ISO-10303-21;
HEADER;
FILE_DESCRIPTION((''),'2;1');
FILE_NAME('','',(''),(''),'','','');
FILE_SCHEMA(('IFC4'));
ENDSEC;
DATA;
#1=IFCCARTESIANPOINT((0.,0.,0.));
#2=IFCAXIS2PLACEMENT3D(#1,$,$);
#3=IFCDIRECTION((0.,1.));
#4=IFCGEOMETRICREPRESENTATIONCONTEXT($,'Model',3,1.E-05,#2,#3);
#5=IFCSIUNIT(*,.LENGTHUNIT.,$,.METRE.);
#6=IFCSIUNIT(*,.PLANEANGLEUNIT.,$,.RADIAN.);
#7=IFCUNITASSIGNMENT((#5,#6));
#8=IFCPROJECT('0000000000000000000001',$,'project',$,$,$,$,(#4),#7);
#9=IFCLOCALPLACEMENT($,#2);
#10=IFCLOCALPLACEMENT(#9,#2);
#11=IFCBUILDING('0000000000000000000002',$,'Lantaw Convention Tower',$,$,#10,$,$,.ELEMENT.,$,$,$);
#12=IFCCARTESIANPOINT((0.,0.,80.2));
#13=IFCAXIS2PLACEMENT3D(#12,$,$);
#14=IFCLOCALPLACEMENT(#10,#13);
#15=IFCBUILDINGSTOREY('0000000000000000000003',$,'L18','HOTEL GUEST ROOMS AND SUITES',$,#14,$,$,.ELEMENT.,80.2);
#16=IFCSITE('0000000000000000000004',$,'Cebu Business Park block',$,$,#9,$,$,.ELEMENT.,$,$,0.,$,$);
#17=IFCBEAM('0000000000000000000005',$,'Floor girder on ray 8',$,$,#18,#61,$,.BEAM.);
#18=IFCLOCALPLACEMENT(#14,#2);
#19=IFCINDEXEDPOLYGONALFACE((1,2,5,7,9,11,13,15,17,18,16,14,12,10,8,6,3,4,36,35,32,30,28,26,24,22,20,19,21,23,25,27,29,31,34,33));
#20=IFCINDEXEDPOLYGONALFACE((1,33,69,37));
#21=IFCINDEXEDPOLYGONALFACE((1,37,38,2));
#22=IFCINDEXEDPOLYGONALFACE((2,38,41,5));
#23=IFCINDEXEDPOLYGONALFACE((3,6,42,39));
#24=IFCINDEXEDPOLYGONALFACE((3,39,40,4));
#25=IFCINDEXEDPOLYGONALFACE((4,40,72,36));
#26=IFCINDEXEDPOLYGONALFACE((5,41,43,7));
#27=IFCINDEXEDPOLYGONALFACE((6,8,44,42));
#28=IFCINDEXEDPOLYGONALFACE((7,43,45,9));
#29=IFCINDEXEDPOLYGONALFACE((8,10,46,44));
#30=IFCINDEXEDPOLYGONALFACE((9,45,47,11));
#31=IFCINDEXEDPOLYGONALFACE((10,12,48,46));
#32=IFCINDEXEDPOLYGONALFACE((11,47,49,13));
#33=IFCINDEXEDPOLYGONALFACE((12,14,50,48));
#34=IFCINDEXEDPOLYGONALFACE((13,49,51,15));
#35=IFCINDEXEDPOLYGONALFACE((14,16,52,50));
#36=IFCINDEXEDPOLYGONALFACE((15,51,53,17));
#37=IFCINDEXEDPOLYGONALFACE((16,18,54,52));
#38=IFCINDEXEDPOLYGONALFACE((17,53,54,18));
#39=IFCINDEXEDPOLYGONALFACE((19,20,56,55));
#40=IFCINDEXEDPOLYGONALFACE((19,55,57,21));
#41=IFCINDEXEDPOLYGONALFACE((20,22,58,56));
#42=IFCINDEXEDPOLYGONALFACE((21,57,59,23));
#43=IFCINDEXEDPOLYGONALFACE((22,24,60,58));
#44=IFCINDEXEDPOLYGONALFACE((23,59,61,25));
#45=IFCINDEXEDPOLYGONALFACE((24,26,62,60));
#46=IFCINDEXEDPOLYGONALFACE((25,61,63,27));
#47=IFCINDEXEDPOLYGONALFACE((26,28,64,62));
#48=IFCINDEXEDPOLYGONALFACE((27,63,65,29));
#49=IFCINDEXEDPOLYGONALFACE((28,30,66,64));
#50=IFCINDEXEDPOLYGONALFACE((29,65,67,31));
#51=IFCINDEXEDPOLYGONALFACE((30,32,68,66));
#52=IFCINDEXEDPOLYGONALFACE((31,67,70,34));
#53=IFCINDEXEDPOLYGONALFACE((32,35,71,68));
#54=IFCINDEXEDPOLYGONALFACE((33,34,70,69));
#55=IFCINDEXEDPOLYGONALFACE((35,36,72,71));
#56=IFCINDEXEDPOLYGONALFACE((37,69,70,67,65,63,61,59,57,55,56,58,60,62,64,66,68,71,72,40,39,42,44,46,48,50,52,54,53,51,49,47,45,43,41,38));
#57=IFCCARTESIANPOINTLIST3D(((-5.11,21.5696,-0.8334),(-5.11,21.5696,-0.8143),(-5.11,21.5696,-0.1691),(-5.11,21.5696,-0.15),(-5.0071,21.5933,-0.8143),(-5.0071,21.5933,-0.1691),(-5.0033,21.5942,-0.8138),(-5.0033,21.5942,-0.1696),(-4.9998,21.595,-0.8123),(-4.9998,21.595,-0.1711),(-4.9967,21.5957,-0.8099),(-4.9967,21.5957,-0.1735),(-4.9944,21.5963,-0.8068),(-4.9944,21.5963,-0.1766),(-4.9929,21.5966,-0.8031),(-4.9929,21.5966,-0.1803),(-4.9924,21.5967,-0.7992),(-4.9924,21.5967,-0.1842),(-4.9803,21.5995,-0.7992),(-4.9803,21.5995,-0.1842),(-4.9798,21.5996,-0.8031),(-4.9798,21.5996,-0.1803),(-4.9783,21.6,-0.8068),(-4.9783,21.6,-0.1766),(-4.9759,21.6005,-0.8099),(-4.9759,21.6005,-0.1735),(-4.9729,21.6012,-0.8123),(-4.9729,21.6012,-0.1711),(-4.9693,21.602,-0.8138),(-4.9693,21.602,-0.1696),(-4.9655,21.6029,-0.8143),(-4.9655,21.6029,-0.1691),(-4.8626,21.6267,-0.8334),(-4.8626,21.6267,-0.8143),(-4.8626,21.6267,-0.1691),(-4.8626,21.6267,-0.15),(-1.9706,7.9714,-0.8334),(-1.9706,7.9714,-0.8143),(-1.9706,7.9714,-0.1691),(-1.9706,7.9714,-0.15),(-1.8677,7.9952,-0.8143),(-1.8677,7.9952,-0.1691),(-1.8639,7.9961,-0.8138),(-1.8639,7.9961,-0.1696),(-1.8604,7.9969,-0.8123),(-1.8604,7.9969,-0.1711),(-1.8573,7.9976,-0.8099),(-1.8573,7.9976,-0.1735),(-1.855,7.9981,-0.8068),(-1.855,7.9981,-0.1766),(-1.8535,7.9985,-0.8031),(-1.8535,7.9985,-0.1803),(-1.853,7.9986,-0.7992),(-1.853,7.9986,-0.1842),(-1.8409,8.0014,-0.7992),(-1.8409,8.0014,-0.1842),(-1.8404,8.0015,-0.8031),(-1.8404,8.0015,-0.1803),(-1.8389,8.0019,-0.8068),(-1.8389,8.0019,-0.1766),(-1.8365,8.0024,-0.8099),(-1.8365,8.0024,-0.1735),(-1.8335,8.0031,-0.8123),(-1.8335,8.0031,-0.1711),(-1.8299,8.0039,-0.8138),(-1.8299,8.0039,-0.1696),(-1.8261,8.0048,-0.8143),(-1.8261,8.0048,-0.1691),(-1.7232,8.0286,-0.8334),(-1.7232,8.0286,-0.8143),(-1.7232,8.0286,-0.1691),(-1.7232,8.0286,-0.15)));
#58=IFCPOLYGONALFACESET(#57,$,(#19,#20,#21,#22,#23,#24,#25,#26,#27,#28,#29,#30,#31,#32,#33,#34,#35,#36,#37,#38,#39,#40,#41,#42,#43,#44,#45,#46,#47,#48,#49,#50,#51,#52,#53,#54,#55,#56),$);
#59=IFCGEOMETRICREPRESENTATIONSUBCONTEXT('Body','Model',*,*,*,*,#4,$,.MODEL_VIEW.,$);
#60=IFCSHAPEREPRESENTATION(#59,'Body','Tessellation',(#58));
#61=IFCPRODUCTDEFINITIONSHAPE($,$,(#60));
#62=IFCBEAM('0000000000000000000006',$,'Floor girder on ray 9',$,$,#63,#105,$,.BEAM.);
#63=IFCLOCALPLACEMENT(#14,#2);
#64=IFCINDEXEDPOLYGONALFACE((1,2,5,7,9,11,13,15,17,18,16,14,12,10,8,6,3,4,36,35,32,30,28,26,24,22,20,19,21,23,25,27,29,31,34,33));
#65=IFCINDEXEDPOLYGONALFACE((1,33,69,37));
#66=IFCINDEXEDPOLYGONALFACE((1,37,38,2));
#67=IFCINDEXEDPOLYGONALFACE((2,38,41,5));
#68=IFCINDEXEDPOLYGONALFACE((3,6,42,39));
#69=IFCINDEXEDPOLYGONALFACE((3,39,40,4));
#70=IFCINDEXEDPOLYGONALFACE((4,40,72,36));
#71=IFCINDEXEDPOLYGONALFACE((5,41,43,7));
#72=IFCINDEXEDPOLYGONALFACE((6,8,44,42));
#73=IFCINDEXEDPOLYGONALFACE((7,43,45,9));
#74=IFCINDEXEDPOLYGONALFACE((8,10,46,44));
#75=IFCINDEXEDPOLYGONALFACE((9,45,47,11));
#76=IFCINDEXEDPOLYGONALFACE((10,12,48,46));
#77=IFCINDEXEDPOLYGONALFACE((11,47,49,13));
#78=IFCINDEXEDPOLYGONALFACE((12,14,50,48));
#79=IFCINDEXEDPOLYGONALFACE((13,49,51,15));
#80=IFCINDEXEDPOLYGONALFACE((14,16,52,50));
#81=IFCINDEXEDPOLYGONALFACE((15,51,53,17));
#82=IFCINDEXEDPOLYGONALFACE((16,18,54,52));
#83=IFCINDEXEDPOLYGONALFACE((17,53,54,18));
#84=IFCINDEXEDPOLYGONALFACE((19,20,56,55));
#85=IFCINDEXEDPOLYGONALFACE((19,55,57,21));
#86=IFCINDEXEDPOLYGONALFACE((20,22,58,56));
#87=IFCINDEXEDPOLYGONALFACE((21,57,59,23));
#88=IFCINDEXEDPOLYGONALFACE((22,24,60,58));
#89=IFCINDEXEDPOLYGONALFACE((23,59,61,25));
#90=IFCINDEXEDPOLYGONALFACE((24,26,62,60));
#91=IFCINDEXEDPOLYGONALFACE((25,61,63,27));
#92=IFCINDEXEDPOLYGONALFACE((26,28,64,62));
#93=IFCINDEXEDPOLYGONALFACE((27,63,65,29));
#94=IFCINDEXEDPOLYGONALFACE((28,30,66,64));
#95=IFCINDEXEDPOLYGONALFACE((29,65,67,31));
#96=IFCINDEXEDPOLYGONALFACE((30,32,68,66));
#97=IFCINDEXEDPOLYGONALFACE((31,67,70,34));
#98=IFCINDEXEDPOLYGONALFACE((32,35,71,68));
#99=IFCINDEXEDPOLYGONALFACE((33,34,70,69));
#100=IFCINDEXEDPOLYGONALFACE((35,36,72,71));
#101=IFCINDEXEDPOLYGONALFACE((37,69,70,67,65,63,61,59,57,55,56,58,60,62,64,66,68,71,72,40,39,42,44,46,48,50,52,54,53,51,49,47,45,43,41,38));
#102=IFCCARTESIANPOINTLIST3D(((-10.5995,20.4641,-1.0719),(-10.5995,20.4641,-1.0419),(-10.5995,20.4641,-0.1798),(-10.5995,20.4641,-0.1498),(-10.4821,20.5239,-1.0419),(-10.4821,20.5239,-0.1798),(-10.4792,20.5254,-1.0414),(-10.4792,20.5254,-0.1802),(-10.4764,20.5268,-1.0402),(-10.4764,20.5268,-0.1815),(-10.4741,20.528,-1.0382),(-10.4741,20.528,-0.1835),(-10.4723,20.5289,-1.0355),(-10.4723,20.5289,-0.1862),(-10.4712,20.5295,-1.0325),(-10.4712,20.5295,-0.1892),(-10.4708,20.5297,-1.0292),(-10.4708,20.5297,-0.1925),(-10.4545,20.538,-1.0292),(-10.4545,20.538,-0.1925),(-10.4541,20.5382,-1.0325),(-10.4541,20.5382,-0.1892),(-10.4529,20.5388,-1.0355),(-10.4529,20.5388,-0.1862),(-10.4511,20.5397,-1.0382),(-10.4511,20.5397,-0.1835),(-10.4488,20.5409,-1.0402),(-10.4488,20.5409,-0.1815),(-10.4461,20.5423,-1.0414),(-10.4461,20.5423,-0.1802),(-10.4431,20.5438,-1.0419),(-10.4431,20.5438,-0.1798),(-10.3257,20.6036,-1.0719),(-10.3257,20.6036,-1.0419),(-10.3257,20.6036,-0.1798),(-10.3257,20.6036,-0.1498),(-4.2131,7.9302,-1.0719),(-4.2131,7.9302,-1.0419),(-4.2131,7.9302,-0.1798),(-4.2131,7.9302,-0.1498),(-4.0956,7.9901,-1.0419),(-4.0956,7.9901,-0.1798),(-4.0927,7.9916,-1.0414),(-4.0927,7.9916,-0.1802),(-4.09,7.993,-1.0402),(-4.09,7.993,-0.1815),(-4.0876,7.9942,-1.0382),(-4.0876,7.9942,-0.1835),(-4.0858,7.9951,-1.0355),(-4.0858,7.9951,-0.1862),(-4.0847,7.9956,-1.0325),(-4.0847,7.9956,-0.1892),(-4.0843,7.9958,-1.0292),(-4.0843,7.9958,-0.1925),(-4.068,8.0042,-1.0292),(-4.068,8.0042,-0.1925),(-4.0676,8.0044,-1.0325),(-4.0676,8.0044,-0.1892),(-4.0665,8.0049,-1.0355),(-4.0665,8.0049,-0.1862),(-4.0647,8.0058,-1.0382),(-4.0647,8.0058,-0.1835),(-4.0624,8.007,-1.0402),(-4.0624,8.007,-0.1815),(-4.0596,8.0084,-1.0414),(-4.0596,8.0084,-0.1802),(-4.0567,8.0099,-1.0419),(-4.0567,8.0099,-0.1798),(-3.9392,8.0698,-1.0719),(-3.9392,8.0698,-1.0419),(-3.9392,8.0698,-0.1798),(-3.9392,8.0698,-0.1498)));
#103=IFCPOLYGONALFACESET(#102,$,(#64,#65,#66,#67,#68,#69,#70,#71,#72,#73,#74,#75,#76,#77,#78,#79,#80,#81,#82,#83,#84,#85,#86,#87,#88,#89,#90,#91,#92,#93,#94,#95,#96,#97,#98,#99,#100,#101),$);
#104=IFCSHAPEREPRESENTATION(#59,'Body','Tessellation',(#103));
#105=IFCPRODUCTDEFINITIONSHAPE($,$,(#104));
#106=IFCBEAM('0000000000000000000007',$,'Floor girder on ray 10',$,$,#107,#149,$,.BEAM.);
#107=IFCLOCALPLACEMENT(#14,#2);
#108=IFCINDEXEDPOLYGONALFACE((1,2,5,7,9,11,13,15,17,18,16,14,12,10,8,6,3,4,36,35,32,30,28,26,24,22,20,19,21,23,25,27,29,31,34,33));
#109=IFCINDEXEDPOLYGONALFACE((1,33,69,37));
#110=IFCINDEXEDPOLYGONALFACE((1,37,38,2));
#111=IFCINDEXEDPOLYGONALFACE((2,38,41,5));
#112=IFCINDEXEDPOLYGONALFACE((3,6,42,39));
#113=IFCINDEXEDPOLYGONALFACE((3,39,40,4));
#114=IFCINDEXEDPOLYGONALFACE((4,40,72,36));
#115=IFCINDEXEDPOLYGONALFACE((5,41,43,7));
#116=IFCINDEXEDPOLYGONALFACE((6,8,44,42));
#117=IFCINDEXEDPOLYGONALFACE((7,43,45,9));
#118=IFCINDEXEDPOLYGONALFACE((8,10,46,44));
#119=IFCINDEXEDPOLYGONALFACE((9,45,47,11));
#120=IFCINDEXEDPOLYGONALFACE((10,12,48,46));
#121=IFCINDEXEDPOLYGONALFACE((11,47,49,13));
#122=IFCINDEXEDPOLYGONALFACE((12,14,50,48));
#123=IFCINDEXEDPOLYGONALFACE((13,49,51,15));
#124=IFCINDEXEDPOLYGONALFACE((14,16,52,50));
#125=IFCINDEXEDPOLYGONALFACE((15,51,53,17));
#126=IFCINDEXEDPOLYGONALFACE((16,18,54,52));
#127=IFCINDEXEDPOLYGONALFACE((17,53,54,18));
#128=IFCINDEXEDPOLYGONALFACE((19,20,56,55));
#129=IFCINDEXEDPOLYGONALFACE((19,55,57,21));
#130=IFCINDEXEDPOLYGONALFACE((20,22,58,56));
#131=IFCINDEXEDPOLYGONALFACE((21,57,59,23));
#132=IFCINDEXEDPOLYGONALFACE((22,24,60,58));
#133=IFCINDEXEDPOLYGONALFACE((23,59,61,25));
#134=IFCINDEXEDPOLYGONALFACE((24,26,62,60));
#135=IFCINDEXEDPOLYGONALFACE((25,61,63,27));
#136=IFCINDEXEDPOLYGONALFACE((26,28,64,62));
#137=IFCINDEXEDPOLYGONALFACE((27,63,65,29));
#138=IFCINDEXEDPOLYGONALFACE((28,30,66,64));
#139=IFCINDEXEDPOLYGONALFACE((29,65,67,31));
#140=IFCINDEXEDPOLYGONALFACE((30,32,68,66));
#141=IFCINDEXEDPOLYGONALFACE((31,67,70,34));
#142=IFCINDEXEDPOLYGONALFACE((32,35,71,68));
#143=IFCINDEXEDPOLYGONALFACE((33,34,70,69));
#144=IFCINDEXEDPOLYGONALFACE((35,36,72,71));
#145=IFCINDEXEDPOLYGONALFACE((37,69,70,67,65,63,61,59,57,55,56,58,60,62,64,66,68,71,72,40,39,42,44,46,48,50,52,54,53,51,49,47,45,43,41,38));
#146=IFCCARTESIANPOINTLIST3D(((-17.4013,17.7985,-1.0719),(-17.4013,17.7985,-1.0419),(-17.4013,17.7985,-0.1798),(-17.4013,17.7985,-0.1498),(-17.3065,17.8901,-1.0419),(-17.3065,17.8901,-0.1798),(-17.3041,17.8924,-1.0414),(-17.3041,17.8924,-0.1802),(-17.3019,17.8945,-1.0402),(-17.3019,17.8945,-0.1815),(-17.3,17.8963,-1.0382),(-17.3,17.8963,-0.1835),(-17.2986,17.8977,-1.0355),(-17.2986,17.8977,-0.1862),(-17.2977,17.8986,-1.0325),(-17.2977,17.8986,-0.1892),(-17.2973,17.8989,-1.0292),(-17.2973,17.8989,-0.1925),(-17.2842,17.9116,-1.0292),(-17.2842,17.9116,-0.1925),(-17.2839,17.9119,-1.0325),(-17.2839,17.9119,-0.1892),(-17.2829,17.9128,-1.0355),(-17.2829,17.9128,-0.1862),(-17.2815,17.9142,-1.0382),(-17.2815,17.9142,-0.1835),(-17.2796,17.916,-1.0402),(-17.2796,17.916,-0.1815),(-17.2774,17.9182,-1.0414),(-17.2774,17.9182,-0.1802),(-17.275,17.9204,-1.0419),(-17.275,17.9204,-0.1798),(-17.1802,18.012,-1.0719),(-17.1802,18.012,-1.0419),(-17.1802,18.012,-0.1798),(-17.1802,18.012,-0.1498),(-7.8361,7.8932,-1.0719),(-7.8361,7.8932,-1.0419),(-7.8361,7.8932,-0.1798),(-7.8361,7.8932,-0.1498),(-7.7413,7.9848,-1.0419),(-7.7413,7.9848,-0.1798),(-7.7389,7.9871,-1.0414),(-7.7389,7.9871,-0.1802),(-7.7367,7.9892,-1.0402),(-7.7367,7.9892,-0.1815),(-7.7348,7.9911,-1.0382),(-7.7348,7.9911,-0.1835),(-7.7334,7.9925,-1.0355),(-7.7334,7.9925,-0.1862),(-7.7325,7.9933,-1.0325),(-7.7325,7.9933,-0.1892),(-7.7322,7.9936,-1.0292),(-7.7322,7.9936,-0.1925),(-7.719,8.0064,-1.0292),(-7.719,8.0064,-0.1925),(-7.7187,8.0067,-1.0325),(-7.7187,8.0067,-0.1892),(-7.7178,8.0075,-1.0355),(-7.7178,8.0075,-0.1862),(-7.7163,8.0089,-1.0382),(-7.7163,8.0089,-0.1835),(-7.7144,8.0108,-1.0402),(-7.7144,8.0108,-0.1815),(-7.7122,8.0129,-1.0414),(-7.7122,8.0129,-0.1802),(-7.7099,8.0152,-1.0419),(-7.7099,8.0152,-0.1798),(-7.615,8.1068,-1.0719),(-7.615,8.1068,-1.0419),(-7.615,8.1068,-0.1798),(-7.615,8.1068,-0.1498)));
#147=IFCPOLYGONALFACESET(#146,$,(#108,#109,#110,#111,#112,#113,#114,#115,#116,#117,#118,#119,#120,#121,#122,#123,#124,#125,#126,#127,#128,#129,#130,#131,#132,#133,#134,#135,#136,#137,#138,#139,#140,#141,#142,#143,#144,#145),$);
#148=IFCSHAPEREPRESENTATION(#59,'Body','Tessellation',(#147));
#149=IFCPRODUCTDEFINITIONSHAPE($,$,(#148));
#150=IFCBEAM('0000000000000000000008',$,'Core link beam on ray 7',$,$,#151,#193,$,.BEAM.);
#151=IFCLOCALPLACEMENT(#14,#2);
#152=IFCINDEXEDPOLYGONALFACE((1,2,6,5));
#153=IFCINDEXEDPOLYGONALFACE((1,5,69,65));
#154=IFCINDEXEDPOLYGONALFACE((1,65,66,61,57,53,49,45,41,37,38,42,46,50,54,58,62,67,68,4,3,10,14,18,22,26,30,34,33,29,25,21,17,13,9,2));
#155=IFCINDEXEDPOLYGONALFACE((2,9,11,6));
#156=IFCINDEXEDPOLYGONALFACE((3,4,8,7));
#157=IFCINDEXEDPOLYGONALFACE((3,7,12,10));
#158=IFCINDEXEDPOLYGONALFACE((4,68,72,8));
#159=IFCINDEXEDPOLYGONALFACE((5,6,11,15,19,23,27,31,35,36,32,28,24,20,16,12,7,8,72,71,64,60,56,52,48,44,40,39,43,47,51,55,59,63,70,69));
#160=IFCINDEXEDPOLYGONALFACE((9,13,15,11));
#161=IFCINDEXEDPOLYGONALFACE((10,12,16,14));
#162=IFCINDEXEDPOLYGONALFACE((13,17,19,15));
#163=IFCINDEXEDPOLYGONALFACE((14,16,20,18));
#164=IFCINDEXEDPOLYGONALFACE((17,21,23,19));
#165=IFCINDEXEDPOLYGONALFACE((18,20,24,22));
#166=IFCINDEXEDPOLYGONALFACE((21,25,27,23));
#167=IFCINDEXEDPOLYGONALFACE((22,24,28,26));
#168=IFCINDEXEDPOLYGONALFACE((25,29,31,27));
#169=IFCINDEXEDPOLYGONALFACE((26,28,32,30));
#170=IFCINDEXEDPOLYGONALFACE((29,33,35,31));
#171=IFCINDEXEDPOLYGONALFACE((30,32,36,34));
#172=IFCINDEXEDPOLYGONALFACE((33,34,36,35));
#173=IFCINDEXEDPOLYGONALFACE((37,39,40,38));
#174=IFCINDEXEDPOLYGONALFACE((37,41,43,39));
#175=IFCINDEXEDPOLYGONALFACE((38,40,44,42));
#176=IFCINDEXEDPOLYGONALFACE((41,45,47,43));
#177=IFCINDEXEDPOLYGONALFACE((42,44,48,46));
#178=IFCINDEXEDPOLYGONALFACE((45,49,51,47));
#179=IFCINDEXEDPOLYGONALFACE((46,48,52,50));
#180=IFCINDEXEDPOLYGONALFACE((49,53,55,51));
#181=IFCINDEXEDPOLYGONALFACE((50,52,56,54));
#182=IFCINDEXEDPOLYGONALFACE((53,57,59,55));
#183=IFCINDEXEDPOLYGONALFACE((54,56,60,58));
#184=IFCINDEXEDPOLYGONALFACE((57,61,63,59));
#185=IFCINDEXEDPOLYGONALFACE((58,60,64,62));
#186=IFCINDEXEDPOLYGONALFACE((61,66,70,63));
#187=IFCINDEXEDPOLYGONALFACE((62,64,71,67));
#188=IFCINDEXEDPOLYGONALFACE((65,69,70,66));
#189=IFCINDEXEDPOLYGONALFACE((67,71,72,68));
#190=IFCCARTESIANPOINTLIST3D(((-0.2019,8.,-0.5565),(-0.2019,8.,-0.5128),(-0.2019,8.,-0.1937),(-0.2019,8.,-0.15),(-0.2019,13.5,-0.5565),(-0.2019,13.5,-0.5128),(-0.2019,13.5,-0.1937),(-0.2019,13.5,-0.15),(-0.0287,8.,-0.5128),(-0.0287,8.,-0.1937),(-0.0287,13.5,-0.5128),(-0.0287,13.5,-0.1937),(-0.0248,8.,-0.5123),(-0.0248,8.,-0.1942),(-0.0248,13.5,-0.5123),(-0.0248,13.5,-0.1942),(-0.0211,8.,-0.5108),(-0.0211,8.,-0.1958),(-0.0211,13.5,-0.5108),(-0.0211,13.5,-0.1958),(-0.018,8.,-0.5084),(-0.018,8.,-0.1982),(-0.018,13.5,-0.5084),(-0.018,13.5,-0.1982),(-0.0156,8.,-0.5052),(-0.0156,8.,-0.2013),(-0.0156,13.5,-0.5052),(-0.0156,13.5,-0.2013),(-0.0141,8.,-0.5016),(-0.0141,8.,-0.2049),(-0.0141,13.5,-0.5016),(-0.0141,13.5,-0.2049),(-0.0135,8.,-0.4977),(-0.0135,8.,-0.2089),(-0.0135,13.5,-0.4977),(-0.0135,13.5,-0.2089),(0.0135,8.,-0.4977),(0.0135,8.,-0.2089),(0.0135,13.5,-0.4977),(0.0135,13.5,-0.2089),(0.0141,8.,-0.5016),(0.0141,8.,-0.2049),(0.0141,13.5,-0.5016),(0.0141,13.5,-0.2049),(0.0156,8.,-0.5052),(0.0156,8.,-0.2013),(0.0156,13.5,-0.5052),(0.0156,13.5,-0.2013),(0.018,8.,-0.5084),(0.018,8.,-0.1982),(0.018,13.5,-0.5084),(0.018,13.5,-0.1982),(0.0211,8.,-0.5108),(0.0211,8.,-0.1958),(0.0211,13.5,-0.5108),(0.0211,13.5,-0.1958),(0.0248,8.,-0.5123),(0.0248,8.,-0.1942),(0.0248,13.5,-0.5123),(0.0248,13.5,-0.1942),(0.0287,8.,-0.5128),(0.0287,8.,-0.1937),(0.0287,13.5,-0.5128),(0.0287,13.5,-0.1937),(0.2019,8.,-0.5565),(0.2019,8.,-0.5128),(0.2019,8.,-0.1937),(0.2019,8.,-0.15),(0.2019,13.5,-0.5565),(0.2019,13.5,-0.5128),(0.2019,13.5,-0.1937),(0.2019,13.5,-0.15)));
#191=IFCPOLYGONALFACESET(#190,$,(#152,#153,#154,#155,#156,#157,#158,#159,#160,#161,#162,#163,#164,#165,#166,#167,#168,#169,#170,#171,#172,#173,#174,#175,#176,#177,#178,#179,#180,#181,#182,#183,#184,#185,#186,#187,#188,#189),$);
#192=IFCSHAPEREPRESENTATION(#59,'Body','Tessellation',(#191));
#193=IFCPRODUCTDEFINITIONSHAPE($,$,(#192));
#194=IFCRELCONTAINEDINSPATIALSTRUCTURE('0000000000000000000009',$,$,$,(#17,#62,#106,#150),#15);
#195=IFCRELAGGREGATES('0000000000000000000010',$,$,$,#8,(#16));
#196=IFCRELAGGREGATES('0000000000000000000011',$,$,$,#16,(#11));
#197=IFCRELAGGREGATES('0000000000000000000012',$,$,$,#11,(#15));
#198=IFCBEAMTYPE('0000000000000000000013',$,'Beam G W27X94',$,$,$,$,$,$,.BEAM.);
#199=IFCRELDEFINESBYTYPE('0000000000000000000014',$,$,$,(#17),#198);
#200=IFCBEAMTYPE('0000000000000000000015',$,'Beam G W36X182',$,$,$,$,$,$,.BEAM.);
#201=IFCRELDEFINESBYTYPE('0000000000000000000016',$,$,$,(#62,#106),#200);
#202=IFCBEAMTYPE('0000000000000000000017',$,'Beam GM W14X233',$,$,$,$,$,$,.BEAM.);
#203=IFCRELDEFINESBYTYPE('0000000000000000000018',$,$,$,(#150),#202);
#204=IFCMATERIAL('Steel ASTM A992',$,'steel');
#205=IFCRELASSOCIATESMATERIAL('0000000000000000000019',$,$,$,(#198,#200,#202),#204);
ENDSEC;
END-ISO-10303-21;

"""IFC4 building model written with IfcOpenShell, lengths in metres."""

from ifc_helpers import new_model, si_unit, direction, frame, origin, origin_2d, place, context, subcontext, project, spatial, i_section, extrude, material, material_profile, profile_set, type_object, element, save


model = new_model("IFC4")

# Units and contexts
model_context = context("Model", 3, precision=1e-05, world=origin(), true_north=direction((0.0, 1.0)))
body_context = subcontext(model_context, "Body", "Model", "MODEL_VIEW")
ifc_project = project(units=[si_unit("LENGTHUNIT", "METRE"), si_unit("PLANEANGLEUNIT", "RADIAN")], contexts=[model_context])

# Site, building, storey
site_placement = place(None, origin())
site = spatial("IfcSite", under=ifc_project, at=site_placement, Name="Cebu Business Park block", CompositionType="ELEMENT", RefElevation=0.0)
building_placement = place(site_placement, origin())
building = spatial("IfcBuilding", under=site, at=building_placement, Name="Lantaw Convention Tower", CompositionType="ELEMENT")
storey_placement = place(building_placement, frame((0.0, 0.0, 80.2)))
storey = spatial("IfcBuildingStorey", under=building, at=storey_placement, Name="L18", Description="HOTEL GUEST ROOMS AND SUITES", CompositionType="ELEMENT", Elevation=80.2)

# Beams
ifc_material_1 = material(Name="Steel ASTM A992", Category="steel")
ifc_material_profile_1 = material_profile(ifc_material_1, i_section(OverallWidth=0.2539, OverallDepth=0.6833, WebThickness=0.0125, FlangeThickness=0.019, FilletRadius=0.0151, at=origin_2d()), Name="W27X94")
ifc_profile_set_1 = profile_set([ifc_material_profile_1], Name="Steel ASTM A992")
beam_type_1 = type_object("IfcBeamType", Name="Beam G W27X94", PredefinedType="BEAM", material=ifc_profile_set_1)
beam_1_placement = place(storey_placement, frame((-1.8469, 8.0, -0.4917), z_axis=(-0.224953, 0.97437, 0.0), x_axis=(-0.97437, -0.224953, 0.0)))
element("IfcBeam", 1, at=beam_1_placement, inside=storey, type_object=beam_type_1, Name="Floor girder on ray 8", PredefinedType="BEAM", context=body_context, shape_type="SweptSolid", body=[
    extrude(i_section(OverallWidth=0.2539, OverallDepth=0.6833, WebThickness=0.0125, FlangeThickness=0.019, FilletRadius=0.0151, at=origin_2d()), origin(), (0.0, 0.0, 1.0), 13.9558),
])
ifc_material_profile_2 = material_profile(ifc_material_1, i_section(OverallWidth=0.3074, OverallDepth=0.9221, WebThickness=0.0183, FlangeThickness=0.03, FilletRadius=0.0127, at=origin_2d()), Name="W36X182")
ifc_profile_set_2 = profile_set([ifc_material_profile_2], Name="Steel ASTM A992")
beam_type_2 = type_object("IfcBeamType", Name="Beam G W36X182", PredefinedType="BEAM", material=ifc_profile_set_2)
beam_2_placement = place(storey_placement, frame((-4.0762, 8.0, -0.6108), z_axis=(-0.453997, 0.891003, 0.0), x_axis=(-0.891003, -0.453997, 0.0)))
element("IfcBeam", 2, at=beam_2_placement, inside=storey, type_object=beam_type_2, Name="Floor girder on ray 9", PredefinedType="BEAM", context=body_context, shape_type="SweptSolid", body=[
    extrude(i_section(OverallWidth=0.3074, OverallDepth=0.9221, WebThickness=0.0183, FlangeThickness=0.03, FilletRadius=0.0127, at=origin_2d()), origin(), (0.0, 0.0, 1.0), 14.0671),
])
beam_3_placement = place(storey_placement, frame((-7.7256, 8.0, -0.6108), z_axis=(-0.69465, 0.719348, 0.0), x_axis=(-0.719348, -0.69465, 0.0)))
element("IfcBeam", 3, at=beam_3_placement, inside=storey, type_object=beam_type_2, Name="Floor girder on ray 10", PredefinedType="BEAM", context=body_context, shape_type="SweptSolid", body=[
    extrude(i_section(OverallWidth=0.3074, OverallDepth=0.9221, WebThickness=0.0183, FlangeThickness=0.03, FilletRadius=0.0127, at=origin_2d()), origin(), (0.0, 0.0, 1.0), 13.7698),
])
ifc_material_profile_3 = material_profile(ifc_material_1, i_section(OverallWidth=0.4038, OverallDepth=0.4065, WebThickness=0.0271, FlangeThickness=0.0437, FilletRadius=0.0151, at=origin_2d()), Name="W14X233")
ifc_profile_set_3 = profile_set([ifc_material_profile_3], Name="Steel ASTM A992")
beam_type_3 = type_object("IfcBeamType", Name="Beam GM W14X233", PredefinedType="BEAM", material=ifc_profile_set_3)
beam_4_placement = place(storey_placement, frame((0.0, 8.0, -0.3533), z_axis=(0.0, 1.0, 0.0), x_axis=(-1.0, 0.0, 0.0)))
element("IfcBeam", 4, at=beam_4_placement, inside=storey, type_object=beam_type_3, Name="Core link beam on ray 7", PredefinedType="BEAM", context=body_context, shape_type="SweptSolid", body=[
    extrude(i_section(OverallWidth=0.4038, OverallDepth=0.4065, WebThickness=0.0271, FlangeThickness=0.0437, FilletRadius=0.0151, at=origin_2d()), origin(), (0.0, 0.0, 1.0), 5.5),
])

save(model, "model.ifc")
